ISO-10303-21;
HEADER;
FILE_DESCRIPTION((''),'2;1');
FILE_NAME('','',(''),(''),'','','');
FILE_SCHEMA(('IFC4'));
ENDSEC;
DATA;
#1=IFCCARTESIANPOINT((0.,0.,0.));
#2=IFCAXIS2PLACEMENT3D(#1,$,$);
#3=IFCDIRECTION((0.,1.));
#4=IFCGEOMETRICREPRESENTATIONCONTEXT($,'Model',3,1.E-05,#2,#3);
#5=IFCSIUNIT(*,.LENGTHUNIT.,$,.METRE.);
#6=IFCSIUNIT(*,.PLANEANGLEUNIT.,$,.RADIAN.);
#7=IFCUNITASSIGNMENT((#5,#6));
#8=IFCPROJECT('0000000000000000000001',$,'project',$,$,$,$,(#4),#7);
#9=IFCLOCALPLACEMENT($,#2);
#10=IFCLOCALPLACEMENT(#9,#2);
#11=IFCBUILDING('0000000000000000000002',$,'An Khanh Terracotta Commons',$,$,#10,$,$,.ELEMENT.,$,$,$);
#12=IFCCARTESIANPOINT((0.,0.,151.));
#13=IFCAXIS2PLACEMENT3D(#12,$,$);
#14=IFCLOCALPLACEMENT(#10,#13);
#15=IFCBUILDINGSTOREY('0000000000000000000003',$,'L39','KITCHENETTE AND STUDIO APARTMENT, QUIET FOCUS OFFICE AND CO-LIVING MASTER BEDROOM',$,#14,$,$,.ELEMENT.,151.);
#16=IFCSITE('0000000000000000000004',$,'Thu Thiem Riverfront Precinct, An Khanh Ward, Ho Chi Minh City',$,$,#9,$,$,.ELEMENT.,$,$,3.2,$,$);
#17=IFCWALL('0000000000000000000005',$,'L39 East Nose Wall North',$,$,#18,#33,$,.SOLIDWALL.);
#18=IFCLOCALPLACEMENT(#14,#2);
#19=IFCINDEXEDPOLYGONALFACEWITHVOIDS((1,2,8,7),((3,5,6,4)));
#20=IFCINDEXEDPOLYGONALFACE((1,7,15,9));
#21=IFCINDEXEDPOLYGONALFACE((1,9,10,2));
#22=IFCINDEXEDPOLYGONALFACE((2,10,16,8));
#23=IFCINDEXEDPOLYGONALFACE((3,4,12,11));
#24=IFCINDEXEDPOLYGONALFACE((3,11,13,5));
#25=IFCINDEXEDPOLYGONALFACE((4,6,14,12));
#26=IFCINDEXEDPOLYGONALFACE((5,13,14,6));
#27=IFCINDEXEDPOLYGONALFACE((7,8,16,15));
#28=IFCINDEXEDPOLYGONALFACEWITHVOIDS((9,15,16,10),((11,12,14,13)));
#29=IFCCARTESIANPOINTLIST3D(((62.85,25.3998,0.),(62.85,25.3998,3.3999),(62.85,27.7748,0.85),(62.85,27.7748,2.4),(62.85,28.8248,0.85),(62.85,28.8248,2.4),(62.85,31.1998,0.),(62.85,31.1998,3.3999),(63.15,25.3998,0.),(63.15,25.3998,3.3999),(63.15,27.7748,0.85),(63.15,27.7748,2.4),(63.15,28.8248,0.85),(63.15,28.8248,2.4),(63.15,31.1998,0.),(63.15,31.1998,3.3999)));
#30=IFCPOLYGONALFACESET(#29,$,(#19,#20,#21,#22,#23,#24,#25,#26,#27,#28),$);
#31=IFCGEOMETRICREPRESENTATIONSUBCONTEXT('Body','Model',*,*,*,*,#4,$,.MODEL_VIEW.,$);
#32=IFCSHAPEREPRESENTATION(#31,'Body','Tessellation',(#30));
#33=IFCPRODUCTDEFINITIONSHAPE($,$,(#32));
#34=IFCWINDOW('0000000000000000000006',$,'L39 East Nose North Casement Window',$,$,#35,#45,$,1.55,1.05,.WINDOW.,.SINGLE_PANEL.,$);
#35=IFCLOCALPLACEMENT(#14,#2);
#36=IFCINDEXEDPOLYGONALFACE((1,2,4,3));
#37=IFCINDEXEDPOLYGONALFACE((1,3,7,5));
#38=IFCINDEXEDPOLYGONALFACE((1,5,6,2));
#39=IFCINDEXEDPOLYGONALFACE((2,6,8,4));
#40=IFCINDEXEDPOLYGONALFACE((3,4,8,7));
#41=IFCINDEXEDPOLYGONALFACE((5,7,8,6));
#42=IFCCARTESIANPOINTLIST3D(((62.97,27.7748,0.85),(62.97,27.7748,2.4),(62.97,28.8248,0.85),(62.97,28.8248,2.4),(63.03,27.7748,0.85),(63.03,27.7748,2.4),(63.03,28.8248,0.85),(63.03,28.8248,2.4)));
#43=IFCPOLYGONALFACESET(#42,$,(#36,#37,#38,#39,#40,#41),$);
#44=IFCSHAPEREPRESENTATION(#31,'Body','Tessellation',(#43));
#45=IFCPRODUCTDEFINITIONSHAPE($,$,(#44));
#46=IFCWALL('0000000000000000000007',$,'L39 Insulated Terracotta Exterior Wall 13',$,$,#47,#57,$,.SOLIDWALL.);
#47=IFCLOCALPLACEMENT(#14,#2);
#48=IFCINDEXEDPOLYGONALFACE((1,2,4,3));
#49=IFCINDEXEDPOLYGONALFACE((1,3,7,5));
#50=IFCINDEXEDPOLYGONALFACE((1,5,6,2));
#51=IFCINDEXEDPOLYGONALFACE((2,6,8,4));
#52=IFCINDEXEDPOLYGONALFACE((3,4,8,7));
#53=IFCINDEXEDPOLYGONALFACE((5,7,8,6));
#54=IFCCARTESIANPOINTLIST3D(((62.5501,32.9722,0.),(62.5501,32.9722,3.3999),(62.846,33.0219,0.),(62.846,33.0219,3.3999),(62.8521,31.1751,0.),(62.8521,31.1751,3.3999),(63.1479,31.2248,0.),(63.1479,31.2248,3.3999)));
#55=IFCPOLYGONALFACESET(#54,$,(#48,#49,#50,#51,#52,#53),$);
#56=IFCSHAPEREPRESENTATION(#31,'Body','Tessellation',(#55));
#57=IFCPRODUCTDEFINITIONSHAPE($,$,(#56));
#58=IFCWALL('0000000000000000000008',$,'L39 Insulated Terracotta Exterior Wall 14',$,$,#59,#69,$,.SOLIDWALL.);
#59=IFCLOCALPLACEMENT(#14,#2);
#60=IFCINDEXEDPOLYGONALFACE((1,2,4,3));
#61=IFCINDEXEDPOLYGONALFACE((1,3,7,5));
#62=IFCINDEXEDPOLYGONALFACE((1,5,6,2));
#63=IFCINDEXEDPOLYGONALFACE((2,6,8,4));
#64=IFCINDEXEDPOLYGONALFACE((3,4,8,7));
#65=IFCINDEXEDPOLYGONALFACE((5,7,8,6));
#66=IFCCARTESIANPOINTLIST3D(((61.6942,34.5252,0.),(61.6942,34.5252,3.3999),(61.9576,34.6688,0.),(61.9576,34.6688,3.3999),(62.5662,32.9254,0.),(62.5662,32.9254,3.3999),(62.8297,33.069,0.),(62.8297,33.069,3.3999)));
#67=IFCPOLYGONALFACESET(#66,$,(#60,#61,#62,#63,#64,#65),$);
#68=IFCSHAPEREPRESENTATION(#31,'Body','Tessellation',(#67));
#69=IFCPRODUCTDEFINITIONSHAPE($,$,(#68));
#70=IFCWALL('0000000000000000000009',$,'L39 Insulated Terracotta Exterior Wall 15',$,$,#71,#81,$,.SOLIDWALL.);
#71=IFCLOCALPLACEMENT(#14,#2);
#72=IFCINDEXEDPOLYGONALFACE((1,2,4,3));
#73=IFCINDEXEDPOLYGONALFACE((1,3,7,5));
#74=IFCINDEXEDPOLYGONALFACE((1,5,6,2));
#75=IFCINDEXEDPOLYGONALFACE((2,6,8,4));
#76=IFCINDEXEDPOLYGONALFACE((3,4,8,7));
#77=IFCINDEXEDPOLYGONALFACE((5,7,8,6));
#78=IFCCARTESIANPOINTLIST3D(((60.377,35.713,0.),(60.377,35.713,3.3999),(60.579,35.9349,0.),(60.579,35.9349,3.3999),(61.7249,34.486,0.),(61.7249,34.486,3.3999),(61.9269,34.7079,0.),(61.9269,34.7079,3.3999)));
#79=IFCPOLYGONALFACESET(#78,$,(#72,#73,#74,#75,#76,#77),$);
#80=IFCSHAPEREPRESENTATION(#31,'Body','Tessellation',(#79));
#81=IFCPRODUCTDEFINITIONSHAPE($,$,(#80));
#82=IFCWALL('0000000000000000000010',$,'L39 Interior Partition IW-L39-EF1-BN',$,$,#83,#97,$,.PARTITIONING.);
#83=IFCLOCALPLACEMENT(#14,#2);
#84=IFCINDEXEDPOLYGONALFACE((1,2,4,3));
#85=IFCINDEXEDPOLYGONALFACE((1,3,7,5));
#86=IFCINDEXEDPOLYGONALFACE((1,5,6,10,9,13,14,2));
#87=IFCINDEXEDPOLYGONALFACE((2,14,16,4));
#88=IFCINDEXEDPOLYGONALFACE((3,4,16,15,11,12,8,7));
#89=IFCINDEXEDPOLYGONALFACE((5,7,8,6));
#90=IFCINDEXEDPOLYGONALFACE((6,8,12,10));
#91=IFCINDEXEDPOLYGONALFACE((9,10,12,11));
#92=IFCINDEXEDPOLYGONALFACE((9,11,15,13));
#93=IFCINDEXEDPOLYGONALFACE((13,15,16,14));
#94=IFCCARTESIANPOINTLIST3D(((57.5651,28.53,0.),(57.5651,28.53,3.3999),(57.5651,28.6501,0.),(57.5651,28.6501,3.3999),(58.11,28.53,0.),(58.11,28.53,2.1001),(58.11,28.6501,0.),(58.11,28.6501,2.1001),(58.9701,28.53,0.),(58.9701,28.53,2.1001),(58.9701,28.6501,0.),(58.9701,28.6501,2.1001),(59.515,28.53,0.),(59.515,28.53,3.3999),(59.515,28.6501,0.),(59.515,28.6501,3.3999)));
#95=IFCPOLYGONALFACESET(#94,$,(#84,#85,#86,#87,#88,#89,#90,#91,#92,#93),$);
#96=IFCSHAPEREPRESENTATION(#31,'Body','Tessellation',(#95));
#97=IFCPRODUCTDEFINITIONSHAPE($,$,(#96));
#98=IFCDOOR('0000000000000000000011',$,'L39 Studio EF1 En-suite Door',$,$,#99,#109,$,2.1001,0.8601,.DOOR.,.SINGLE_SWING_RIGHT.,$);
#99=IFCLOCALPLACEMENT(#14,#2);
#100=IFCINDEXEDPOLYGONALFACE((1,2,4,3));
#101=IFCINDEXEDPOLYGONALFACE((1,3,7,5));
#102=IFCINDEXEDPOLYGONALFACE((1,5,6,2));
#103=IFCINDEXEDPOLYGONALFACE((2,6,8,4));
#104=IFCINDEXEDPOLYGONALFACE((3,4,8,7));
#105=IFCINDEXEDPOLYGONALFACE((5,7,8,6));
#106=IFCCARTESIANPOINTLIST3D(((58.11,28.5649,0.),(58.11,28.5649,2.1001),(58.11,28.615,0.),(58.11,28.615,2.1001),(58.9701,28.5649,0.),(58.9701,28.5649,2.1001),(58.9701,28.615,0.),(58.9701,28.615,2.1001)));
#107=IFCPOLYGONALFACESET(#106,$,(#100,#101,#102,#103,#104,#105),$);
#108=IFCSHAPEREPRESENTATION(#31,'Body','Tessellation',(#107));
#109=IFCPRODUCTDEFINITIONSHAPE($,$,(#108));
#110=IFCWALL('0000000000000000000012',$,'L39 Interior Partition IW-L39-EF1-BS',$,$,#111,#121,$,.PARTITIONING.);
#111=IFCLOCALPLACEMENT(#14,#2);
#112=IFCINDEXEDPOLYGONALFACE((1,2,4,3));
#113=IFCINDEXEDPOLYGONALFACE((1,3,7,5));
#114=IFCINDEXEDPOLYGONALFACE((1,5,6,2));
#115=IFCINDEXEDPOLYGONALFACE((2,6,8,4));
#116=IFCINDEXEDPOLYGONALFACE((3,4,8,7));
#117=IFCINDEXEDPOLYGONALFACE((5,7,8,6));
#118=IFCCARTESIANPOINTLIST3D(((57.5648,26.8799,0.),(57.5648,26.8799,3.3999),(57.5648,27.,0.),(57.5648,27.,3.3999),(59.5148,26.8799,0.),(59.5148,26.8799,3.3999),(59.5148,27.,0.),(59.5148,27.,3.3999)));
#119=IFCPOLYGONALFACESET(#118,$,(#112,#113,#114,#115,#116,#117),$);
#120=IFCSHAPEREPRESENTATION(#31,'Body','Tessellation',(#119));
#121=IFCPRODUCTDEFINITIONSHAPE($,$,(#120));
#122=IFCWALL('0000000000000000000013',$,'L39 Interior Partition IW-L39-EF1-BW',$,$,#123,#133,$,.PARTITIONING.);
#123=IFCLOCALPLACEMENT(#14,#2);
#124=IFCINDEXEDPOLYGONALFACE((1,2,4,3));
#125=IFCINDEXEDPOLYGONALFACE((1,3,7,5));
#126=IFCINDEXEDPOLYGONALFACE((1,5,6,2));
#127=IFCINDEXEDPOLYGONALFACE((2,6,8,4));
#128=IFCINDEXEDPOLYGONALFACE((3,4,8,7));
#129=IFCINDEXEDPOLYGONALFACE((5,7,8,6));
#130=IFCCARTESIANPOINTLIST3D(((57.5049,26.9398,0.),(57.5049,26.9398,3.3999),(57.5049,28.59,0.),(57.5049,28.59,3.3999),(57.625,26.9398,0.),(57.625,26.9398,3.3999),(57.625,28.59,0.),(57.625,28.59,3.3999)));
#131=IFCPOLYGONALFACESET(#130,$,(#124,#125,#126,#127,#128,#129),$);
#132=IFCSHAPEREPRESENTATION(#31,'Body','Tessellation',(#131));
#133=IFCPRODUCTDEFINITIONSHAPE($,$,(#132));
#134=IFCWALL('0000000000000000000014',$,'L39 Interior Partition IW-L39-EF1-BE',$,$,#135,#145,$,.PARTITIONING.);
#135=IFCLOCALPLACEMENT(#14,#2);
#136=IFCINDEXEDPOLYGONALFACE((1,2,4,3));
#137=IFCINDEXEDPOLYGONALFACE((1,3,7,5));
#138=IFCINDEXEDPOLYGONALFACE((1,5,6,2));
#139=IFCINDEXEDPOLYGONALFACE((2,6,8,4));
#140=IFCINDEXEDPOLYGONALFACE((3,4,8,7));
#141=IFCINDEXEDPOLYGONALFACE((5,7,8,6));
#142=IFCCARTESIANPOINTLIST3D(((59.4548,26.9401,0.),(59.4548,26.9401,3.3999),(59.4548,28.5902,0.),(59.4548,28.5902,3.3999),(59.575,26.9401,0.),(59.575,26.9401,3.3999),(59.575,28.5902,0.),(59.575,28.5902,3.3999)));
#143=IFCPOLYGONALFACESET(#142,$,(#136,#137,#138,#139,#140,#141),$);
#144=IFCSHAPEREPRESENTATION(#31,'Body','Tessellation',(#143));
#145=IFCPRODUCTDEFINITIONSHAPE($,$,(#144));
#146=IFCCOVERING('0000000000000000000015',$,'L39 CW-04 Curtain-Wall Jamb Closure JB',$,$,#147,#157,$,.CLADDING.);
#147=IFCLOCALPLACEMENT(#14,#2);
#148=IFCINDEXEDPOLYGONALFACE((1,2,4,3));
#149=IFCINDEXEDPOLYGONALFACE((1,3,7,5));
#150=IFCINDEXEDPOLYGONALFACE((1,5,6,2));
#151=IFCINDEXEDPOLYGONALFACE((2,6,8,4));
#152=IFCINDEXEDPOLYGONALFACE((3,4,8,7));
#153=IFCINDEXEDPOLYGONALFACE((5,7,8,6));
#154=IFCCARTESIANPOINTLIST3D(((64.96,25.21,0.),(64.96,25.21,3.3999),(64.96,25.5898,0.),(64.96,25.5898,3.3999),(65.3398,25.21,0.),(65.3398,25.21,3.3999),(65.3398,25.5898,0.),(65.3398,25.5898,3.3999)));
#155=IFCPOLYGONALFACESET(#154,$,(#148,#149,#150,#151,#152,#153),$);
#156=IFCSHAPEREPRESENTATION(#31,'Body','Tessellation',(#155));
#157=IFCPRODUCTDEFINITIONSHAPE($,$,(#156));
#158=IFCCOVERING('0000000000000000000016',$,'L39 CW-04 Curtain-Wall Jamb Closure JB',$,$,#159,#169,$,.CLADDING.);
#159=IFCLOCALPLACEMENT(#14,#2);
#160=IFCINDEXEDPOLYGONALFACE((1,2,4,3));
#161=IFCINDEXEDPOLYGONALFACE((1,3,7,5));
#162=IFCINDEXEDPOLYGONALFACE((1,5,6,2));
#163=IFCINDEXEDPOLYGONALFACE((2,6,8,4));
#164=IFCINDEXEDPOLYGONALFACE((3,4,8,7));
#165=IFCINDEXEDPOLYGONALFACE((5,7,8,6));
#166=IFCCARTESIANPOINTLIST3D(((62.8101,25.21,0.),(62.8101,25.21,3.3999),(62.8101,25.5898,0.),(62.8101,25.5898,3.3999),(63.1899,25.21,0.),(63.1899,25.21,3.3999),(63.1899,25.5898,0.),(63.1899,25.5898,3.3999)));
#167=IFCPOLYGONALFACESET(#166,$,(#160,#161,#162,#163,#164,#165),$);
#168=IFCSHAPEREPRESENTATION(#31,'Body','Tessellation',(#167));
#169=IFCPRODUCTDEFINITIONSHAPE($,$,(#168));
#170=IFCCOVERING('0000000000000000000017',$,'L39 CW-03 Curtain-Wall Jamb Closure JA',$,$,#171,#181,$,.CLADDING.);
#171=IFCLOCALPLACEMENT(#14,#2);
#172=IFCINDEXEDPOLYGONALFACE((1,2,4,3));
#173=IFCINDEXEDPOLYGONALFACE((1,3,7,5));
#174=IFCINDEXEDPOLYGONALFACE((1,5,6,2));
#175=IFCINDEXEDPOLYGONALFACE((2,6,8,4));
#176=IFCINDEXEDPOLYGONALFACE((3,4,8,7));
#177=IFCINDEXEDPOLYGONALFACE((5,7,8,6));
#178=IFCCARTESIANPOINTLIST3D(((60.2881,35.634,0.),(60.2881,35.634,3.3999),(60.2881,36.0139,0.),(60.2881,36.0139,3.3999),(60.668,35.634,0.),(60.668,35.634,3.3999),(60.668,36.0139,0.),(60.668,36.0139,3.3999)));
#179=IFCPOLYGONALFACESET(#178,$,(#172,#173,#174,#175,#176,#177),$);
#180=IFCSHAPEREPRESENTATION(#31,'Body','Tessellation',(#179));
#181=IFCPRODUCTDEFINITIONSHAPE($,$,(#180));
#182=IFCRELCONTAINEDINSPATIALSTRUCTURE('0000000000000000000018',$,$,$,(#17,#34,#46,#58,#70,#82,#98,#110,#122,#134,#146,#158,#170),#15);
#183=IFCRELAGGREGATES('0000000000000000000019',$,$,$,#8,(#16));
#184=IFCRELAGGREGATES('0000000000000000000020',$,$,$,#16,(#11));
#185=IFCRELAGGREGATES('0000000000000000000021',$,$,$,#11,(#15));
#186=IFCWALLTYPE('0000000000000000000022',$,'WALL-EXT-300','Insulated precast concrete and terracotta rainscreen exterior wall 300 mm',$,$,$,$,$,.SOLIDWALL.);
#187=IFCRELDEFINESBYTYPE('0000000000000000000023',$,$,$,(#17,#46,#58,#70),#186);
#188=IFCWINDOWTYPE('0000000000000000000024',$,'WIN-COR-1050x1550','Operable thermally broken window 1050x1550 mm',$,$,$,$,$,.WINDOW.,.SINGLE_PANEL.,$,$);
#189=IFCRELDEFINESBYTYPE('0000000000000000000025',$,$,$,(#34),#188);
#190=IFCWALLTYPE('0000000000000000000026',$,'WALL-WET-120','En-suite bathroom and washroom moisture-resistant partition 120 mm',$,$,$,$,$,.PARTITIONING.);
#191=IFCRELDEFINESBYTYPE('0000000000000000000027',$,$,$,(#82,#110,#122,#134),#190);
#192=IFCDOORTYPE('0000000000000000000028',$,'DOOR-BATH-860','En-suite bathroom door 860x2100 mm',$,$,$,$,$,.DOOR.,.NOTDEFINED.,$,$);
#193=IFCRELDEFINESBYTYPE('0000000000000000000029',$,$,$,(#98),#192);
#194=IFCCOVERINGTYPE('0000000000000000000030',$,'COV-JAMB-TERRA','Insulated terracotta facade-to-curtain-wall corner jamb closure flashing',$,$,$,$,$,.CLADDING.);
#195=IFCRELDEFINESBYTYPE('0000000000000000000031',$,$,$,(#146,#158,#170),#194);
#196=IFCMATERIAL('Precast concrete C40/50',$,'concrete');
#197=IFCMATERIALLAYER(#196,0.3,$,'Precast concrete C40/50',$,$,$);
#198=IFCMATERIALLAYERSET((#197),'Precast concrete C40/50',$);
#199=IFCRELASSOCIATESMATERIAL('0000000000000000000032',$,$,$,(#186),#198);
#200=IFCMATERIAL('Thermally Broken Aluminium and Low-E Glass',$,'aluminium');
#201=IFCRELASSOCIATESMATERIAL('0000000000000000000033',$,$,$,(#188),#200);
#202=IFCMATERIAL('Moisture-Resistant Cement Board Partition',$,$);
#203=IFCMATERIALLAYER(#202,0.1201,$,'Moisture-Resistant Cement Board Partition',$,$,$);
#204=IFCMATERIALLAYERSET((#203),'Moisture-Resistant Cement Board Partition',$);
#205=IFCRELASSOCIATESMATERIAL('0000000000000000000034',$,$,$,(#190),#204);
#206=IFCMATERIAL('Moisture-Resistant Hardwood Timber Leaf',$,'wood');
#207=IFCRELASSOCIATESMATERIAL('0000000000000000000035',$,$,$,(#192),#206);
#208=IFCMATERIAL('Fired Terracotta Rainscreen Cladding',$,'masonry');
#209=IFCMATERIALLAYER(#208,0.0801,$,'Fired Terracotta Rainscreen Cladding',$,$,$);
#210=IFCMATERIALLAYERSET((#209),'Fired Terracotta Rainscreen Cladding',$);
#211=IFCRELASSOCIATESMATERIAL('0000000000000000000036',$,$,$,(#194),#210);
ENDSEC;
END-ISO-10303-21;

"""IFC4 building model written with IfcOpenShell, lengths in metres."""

from ifc_helpers import new_model, si_unit, direction, frame, frame_2d, origin, origin_2d, place, context, subcontext, project, spatial, rectangle, extrude, material, layer, layer_set, type_object, element, fill, save


model = new_model("IFC4")

# Units and contexts
model_context = context("Model", 3, precision=1e-05, world=origin(), true_north=direction((0.0, 1.0)))
body_context = subcontext(model_context, "Body", "Model", "MODEL_VIEW")
ifc_project = project(units=[si_unit("LENGTHUNIT", "METRE"), si_unit("PLANEANGLEUNIT", "RADIAN")], contexts=[model_context])

# Site, building, storey
site_placement = place(None, origin())
site = spatial("IfcSite", under=ifc_project, at=site_placement, Name="Thu Thiem Riverfront Precinct, An Khanh Ward, Ho Chi Minh City", CompositionType="ELEMENT", RefElevation=3.2)
building_placement = place(site_placement, origin())
building = spatial("IfcBuilding", under=site, at=building_placement, Name="An Khanh Terracotta Commons", CompositionType="ELEMENT")
storey_placement = place(building_placement, frame((0.0, 0.0, 151.0)))
storey = spatial("IfcBuildingStorey", under=building, at=storey_placement, Name="L39", Description="KITCHENETTE AND STUDIO APARTMENT, QUIET FOCUS OFFICE AND CO-LIVING MASTER BEDROOM", CompositionType="ELEMENT", Elevation=151.0)

# Wall, opening, window
ifc_material_1 = material(Name="Precast concrete C40/50", Category="concrete")
ifc_layer_1 = layer(ifc_material_1, 0.3, Name="Precast concrete C40/50")
ifc_layer_set_1 = layer_set([ifc_layer_1], Name="Precast concrete C40/50")
wall_type_1 = type_object("IfcWallType", Name="WALL-EXT-300", Description="Insulated precast concrete and terracotta rainscreen exterior wall 300 mm", PredefinedType="SOLIDWALL", material=ifc_layer_set_1)
wall_1_placement = place(storey_placement, frame((63.0, 25.3999, 0.0), z_axis=(0.0, 0.0, 1.0), x_axis=(0.0, 1.0, 0.0)))
wall_1 = element("IfcWall", 1, at=wall_1_placement, inside=storey, type_object=wall_type_1, Name="L39 East Nose Wall North", PredefinedType="SOLIDWALL", context=body_context, shape_type="SweptSolid", body=[
    extrude(rectangle(XDim=5.8, YDim=0.3, at=frame_2d((2.8999, 0.0))), origin(), (0.0, 0.0, 1.0), 3.3999),
])
opening_1_placement = place(wall_1_placement, frame((2.375, 0.0, 0.8501)))
opening_1 = element("IfcOpeningElement", 2, at=opening_1_placement, cuts=wall_1, PredefinedType="OPENING", context=body_context, shape_type="SweptSolid", body=[
    extrude(rectangle(XDim=1.05, YDim=1.55, at=frame_2d((0.5249, 0.7749))), frame((0.0, 0.1599, 0.0), z_axis=(0.0, -1.0, 0.0), x_axis=(1.0, 0.0, 0.0)), (0.0, 0.0, 1.0), 0.3201),
])
ifc_material_2 = material(Name="Thermally Broken Aluminium and Low-E Glass", Category="aluminium")
window_type = type_object("IfcWindowType", Name="WIN-COR-1050x1550", Description="Operable thermally broken window 1050x1550 mm", PartitioningType="SINGLE_PANEL", PredefinedType="WINDOW", material=ifc_material_2)
window_placement = place(opening_1_placement, origin())
window = element("IfcWindow", 3, at=window_placement, inside=storey, type_object=window_type, Name="L39 East Nose North Casement Window", OverallHeight=1.55, OverallWidth=1.05, PartitioningType="SINGLE_PANEL", PredefinedType="WINDOW", context=body_context, shape_type="SweptSolid", body=[
    extrude(rectangle(XDim=1.05, YDim=1.55, at=frame_2d((0.5249, 0.7749))), frame((0.0, 0.03, 0.0), z_axis=(0.0, -1.0, 0.0), x_axis=(1.0, 0.0, 0.0)), (0.0, 0.0, 1.0), 0.0601),
])
fill(opening_1, window)

# Walls
wall_2_placement = place(storey_placement, frame((63.0, 31.2, 0.0), z_axis=(0.0, 0.0, 1.0), x_axis=(-0.165724, 0.986172, 0.0)))
element("IfcWall", 4, at=wall_2_placement, inside=storey, type_object=wall_type_1, Name="L39 Insulated Terracotta Exterior Wall 13", PredefinedType="SOLIDWALL", context=body_context, shape_type="SweptSolid", body=[
    extrude(rectangle(XDim=1.8223, YDim=0.3, at=frame_2d((0.9111, 0.0))), origin(), (0.0, 0.0, 1.0), 3.3999),
])
wall_3_placement = place(storey_placement, frame((62.698, 32.9971, 0.0), z_axis=(0.0, 0.0, 1.0), x_axis=(-0.478608, 0.878029, 0.0)))
element("IfcWall", 5, at=wall_3_placement, inside=storey, type_object=wall_type_1, Name="L39 Insulated Terracotta Exterior Wall 14", PredefinedType="SOLIDWALL", context=body_context, shape_type="SweptSolid", body=[
    extrude(rectangle(XDim=1.822, YDim=0.3, at=frame_2d((0.9111, 0.0))), origin(), (0.0, 0.0, 1.0), 3.3999),
])
wall_4_placement = place(storey_placement, frame((61.8259, 34.5969, 0.0), z_axis=(0.0, 0.0, 1.0), x_axis=(-0.739479, 0.673179, 0.0)))
element("IfcWall", 6, at=wall_4_placement, inside=storey, type_object=wall_type_1, Name="L39 Insulated Terracotta Exterior Wall 15", PredefinedType="SOLIDWALL", context=body_context, shape_type="SweptSolid", body=[
    extrude(rectangle(XDim=1.8228, YDim=0.3, at=frame_2d((0.9114, 0.0))), origin(), (0.0, 0.0, 1.0), 3.3999),
])

# Wall, opening, door
ifc_material_3 = material(Name="Moisture-Resistant Cement Board Partition")
ifc_layer_2 = layer(ifc_material_3, 0.1201, Name="Moisture-Resistant Cement Board Partition")
ifc_layer_set_2 = layer_set([ifc_layer_2], Name="Moisture-Resistant Cement Board Partition")
wall_type_2 = type_object("IfcWallType", Name="WALL-WET-120", Description="En-suite bathroom and washroom moisture-resistant partition 120 mm", PredefinedType="PARTITIONING", material=ifc_layer_set_2)
wall_5_placement = place(storey_placement, frame((57.5649, 28.5901, 0.0), z_axis=(0.0, 0.0, 1.0), x_axis=(1.0, 0.0, 0.0)))
wall_5 = element("IfcWall", 7, at=wall_5_placement, inside=storey, type_object=wall_type_2, Name="L39 Interior Partition IW-L39-EF1-BN", PredefinedType="PARTITIONING", context=body_context, shape_type="SweptSolid", body=[
    extrude(rectangle(XDim=1.95, YDim=0.1201, at=frame_2d((0.9751, 0.0))), origin(), (0.0, 0.0, 1.0), 3.3999),
])
opening_2_placement = place(wall_5_placement, frame((0.5449, 0.0, 0.0)))
opening_2 = element("IfcOpeningElement", 8, at=opening_2_placement, cuts=wall_5, PredefinedType="OPENING", context=body_context, shape_type="SweptSolid", body=[
    extrude(rectangle(XDim=0.8601, YDim=2.1001, at=frame_2d((0.4302, 1.05))), frame((0.0, 0.0701, 0.0), z_axis=(0.0, -1.0, 0.0), x_axis=(1.0, 0.0, 0.0)), (0.0, 0.0, 1.0), 0.1401),
])
ifc_material_4 = material(Name="Moisture-Resistant Hardwood Timber Leaf", Category="wood")
door_type = type_object("IfcDoorType", Name="DOOR-BATH-860", Description="En-suite bathroom door 860x2100 mm", OperationType="NOTDEFINED", PredefinedType="DOOR", material=ifc_material_4)
door_placement = place(opening_2_placement, origin())
door = element("IfcDoor", 9, at=door_placement, inside=storey, type_object=door_type, Name="L39 Studio EF1 En-suite Door", OperationType="SINGLE_SWING_RIGHT", OverallHeight=2.1001, OverallWidth=0.8601, PredefinedType="DOOR", context=body_context, shape_type="SweptSolid", body=[
    extrude(rectangle(XDim=0.8601, YDim=2.1001, at=frame_2d((0.4302, 1.05))), frame((0.0, 0.0249, 0.0), z_axis=(0.0, -1.0, 0.0), x_axis=(1.0, 0.0, 0.0)), (0.0, 0.0, 1.0), 0.05),
])
fill(opening_2, door)

# Walls
wall_6_placement = place(storey_placement, frame((59.5149, 26.9399, 0.0), z_axis=(0.0, 0.0, 1.0), x_axis=(-1.0, 0.0, 0.0)))
element("IfcWall", 10, at=wall_6_placement, inside=storey, type_object=wall_type_2, Name="L39 Interior Partition IW-L39-EF1-BS", PredefinedType="PARTITIONING", context=body_context, shape_type="SweptSolid", body=[
    extrude(rectangle(XDim=1.95, YDim=0.1201, at=frame_2d((0.9751, 0.0))), origin(), (0.0, 0.0, 1.0), 3.3999),
])
for number, where, z_axis, x_axis, name in (
    (11, (57.5649, 28.5901, 0.0), (0.0, 0.0, 1.0), (0.0, -1.0, 0.0), "L39 Interior Partition IW-L39-EF1-BW"),
    (12, (59.5149, 26.9399, 0.0), (0.0, 0.0, 1.0), (0.0, 1.0, 0.0), "L39 Interior Partition IW-L39-EF1-BE"),
):
    element("IfcWall", number, at=place(storey_placement, frame(where, z_axis=z_axis, x_axis=x_axis)), inside=storey, type_object=wall_type_2, Name=name, PredefinedType="PARTITIONING", context=body_context, shape_type="SweptSolid", body=[
        extrude(rectangle(XDim=1.6501, YDim=0.1201, at=frame_2d((0.8252, 0.0))), origin(), (0.0, 0.0, 1.0), 3.3999),
    ])

# Coverings
ifc_material_5 = material(Name="Fired Terracotta Rainscreen Cladding", Category="masonry")
ifc_layer_3 = layer(ifc_material_5, 0.0801, Name="Fired Terracotta Rainscreen Cladding")
ifc_layer_set_3 = layer_set([ifc_layer_3], Name="Fired Terracotta Rainscreen Cladding")
covering_type = type_object("IfcCoveringType", Name="COV-JAMB-TERRA", Description="Insulated terracotta facade-to-curtain-wall corner jamb closure flashing", PredefinedType="CLADDING", material=ifc_layer_set_3)
for number, where, z_axis, x_axis, name in (
    (13, (65.1499, 25.3999, 0.0), (0.0, 0.0, 1.0), (1.0, 0.0, 0.0), "L39 CW-04 Curtain-Wall Jamb Closure JB"),
    (14, (63.0, 25.3999, 0.0), (0.0, 0.0, 1.0), (1.0, 0.0, 0.0), "L39 CW-04 Curtain-Wall Jamb Closure JB"),
    (15, (60.478, 35.824, 0.0), (0.0, 0.0, 1.0), (1.0, 0.0, 0.0), "L39 CW-03 Curtain-Wall Jamb Closure JA"),
):
    element("IfcCovering", number, at=place(storey_placement, frame(where, z_axis=z_axis, x_axis=x_axis)), inside=storey, type_object=covering_type, Name=name, PredefinedType="CLADDING", context=body_context, shape_type="SweptSolid", body=[
        extrude(rectangle(XDim=0.3799, YDim=0.3799, at=origin_2d()), origin(), (0.0, 0.0, 1.0), 3.3999),
    ])

save(model, "model.ifc")
